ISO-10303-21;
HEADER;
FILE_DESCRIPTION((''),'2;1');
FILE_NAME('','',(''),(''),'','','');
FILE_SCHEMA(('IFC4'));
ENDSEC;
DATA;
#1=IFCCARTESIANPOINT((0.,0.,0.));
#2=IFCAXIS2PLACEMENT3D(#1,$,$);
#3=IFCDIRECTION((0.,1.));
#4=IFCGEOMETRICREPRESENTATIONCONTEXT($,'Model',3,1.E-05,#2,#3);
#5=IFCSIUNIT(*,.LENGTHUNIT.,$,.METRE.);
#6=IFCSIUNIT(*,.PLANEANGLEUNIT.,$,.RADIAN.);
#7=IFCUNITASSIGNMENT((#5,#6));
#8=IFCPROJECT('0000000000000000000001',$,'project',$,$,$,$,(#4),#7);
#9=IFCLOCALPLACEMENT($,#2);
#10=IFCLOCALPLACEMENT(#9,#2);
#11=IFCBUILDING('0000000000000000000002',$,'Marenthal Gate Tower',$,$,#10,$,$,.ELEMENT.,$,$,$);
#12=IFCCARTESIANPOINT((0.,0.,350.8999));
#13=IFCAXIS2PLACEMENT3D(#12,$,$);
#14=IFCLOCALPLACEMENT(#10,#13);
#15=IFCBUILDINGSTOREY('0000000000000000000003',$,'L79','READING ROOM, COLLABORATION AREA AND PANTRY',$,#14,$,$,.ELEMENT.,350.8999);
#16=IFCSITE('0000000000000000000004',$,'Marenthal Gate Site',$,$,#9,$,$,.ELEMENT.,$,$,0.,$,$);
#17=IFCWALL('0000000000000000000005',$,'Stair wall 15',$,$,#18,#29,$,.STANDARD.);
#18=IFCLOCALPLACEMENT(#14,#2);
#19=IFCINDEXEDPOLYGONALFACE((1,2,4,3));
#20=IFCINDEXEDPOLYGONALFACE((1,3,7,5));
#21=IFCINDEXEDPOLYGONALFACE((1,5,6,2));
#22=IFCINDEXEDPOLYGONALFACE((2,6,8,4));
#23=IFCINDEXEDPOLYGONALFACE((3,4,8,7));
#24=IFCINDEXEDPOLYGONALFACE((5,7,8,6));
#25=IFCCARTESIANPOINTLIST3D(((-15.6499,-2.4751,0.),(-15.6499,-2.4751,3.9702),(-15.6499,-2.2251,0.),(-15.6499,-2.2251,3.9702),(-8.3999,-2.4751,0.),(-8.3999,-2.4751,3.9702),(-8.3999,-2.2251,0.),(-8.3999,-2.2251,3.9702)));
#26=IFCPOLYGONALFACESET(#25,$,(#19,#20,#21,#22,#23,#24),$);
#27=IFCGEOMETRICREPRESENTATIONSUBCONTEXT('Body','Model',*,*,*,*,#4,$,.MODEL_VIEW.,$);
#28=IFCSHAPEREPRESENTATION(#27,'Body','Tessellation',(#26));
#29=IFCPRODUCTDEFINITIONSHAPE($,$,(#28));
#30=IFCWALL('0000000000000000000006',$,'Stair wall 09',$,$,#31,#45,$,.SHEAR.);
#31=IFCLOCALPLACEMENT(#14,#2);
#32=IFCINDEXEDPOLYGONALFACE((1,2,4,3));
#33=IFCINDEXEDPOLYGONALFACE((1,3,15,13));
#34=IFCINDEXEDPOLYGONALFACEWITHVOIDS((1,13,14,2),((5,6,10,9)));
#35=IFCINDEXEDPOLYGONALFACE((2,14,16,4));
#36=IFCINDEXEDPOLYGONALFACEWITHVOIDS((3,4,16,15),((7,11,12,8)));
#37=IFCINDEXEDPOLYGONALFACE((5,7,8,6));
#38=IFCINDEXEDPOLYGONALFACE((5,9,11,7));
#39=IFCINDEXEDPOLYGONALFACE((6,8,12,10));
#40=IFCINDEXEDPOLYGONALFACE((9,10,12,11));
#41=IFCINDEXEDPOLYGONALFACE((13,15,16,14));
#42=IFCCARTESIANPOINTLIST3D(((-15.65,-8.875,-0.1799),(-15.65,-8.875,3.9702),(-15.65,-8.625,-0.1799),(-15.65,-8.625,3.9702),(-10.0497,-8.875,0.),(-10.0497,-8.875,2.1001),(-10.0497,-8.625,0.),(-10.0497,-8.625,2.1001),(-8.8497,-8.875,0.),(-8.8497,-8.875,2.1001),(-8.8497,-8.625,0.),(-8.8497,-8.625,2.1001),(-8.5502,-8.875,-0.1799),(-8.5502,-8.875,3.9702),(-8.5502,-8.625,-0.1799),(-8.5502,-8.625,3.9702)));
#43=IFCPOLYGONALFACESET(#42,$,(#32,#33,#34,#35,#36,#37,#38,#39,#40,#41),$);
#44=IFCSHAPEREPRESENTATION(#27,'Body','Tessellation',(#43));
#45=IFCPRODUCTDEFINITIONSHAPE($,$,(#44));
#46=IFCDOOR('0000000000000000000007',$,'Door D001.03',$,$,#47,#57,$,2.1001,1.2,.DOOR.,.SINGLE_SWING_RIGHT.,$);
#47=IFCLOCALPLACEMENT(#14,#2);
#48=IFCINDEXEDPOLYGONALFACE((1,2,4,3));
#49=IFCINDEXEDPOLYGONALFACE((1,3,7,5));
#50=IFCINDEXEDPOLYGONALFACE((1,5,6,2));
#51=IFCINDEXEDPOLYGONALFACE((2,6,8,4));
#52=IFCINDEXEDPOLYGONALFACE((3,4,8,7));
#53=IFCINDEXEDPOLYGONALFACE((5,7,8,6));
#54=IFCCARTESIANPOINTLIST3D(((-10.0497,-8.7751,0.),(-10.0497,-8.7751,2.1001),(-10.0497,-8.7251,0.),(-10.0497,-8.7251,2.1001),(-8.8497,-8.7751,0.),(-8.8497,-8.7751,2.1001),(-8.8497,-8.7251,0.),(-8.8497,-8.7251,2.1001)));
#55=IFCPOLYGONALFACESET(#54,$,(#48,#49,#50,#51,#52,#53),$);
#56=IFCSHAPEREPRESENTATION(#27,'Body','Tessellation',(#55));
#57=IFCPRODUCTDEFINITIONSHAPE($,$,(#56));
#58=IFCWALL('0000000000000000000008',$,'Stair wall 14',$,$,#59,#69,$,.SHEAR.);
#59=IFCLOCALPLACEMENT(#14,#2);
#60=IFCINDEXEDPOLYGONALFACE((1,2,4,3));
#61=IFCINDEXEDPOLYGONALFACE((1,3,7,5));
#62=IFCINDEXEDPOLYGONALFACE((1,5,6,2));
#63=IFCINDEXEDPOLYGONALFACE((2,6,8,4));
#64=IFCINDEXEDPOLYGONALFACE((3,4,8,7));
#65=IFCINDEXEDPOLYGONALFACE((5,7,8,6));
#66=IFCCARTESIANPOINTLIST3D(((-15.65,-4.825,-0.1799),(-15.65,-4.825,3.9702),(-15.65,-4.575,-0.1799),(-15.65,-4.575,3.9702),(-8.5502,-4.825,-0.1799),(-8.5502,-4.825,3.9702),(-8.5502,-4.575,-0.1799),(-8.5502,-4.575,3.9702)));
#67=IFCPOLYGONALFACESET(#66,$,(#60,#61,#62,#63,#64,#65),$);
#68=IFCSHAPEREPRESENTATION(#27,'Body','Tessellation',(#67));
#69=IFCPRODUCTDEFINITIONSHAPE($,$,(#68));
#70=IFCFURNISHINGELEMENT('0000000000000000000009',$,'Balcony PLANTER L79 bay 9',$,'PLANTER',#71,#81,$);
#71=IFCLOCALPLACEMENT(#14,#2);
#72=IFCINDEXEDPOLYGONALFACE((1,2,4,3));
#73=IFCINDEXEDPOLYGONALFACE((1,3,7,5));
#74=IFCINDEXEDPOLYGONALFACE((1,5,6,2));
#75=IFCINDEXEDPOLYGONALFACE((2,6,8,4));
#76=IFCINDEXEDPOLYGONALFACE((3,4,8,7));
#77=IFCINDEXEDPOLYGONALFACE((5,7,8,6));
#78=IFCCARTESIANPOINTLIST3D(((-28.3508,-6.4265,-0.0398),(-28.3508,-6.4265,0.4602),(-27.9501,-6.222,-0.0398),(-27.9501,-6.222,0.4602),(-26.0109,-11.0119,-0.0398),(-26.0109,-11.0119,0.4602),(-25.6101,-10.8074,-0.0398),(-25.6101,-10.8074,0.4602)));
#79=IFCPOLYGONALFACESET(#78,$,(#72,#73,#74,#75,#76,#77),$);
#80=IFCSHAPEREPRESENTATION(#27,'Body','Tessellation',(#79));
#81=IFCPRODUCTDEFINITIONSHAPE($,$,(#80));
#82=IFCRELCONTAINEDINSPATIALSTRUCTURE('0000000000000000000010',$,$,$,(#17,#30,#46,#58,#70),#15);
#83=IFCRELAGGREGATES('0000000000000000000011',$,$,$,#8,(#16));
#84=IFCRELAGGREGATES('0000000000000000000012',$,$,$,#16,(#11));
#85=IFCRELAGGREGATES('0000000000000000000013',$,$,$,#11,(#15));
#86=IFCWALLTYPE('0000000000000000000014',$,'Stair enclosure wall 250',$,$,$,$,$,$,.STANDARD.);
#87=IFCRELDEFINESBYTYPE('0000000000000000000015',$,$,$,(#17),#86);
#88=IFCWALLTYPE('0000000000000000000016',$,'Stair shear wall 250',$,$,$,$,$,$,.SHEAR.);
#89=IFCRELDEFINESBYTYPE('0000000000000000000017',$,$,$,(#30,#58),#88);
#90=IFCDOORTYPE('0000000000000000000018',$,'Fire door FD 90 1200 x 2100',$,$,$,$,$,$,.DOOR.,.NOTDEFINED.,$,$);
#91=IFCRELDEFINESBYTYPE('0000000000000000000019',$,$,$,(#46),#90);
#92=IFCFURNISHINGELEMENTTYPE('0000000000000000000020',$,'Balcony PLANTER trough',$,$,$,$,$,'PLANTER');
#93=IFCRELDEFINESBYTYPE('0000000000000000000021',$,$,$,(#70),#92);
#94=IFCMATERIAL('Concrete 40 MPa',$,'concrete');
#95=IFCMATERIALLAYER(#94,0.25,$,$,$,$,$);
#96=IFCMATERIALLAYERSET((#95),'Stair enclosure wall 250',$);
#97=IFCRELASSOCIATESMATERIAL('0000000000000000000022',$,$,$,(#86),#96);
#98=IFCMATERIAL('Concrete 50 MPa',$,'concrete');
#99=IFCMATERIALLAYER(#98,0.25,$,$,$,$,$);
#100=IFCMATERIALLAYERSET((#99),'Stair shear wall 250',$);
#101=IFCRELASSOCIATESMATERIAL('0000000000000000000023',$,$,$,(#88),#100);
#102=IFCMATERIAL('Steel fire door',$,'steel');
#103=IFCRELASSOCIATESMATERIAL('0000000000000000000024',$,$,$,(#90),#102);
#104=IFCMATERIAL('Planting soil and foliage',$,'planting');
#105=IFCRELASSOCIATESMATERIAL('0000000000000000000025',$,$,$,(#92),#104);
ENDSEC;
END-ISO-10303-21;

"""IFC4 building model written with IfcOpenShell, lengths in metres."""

from ifc_helpers import new_model, si_unit, direction, frame, frame_2d, origin, origin_2d, place, context, subcontext, project, spatial, rectangle, extrude, material, layer, layer_set, type_object, element, fill, save


model = new_model("IFC4")

# Units and contexts
model_context = context("Model", 3, precision=1e-05, world=origin(), true_north=direction((0.0, 1.0)))
body_context = subcontext(model_context, "Body", "Model", "MODEL_VIEW")
ifc_project = project(units=[si_unit("LENGTHUNIT", "METRE"), si_unit("PLANEANGLEUNIT", "RADIAN")], contexts=[model_context])

# Site, building, storey
site_placement = place(None, origin())
site = spatial("IfcSite", under=ifc_project, at=site_placement, Name="Marenthal Gate Site", CompositionType="ELEMENT", RefElevation=0.0)
building_placement = place(site_placement, origin())
building = spatial("IfcBuilding", under=site, at=building_placement, Name="Marenthal Gate Tower", CompositionType="ELEMENT")
storey_placement = place(building_placement, frame((0.0, 0.0, 350.8999)))
storey = spatial("IfcBuildingStorey", under=building, at=storey_placement, Name="L79", Description="READING ROOM, COLLABORATION AREA AND PANTRY", CompositionType="ELEMENT", Elevation=350.8999)

# Wall
ifc_material_1 = material(Name="Concrete 40 MPa", Category="concrete")
ifc_layer_1 = layer(ifc_material_1, 0.25)
ifc_layer_set_1 = layer_set([ifc_layer_1], Name="Stair enclosure wall 250")
wall_type_1 = type_object("IfcWallType", Name="Stair enclosure wall 250", PredefinedType="STANDARD", material=ifc_layer_set_1)
wall_1_placement = place(storey_placement, frame((-15.6499, -2.3501, 0.0), z_axis=(0.0, 0.0, 1.0), x_axis=(1.0, 0.0, 0.0)))
element("IfcWall", 1, at=wall_1_placement, inside=storey, type_object=wall_type_1, Name="Stair wall 15", PredefinedType="STANDARD", context=body_context, shape_type="SweptSolid", body=[
    extrude(rectangle(XDim=7.25, YDim=0.25, at=frame_2d((3.625, 0.0))), origin(), (0.0, 0.0, 1.0), 3.9702),
])

# Wall, opening, door
ifc_material_2 = material(Name="Concrete 50 MPa", Category="concrete")
ifc_layer_2 = layer(ifc_material_2, 0.25)
ifc_layer_set_2 = layer_set([ifc_layer_2], Name="Stair shear wall 250")
wall_type_2 = type_object("IfcWallType", Name="Stair shear wall 250", PredefinedType="SHEAR", material=ifc_layer_set_2)
wall_2_placement = place(storey_placement, frame((-15.6499, -8.75, -0.1799), z_axis=(0.0, 0.0, 1.0), x_axis=(1.0, 0.0, 0.0)))
wall_2 = element("IfcWall", 2, at=wall_2_placement, inside=storey, type_object=wall_type_2, Name="Stair wall 09", PredefinedType="SHEAR", context=body_context, shape_type="SweptSolid", body=[
    extrude(rectangle(XDim=7.0999, YDim=0.25, at=frame_2d((3.5498, 0.0))), origin(), (0.0, 0.0, 1.0), 4.1501),
])
opening_1_placement = place(wall_2_placement, frame((5.6001, 0.0, 0.1799)))
opening_1 = element("IfcOpeningElement", 3, at=opening_1_placement, cuts=wall_2, PredefinedType="OPENING", context=body_context, shape_type="SweptSolid", body=[
    extrude(rectangle(XDim=1.2, YDim=2.1001, at=frame_2d((0.6001, 1.05))), frame((0.0, 0.135, 0.0), z_axis=(0.0, -1.0, 0.0), x_axis=(1.0, 0.0, 0.0)), (0.0, 0.0, 1.0), 0.27),
])
ifc_material_3 = material(Name="Steel fire door", Category="steel")
door_type_1 = type_object("IfcDoorType", Name="Fire door FD 90 1200 x 2100", OperationType="NOTDEFINED", PredefinedType="DOOR", material=ifc_material_3)
door_1_placement = place(opening_1_placement, origin())
door_1 = element("IfcDoor", 4, at=door_1_placement, inside=storey, type_object=door_type_1, Name="Door D001.03", OperationType="SINGLE_SWING_RIGHT", OverallHeight=2.1001, OverallWidth=1.2, PredefinedType="DOOR", context=body_context, shape_type="SweptSolid", body=[
    extrude(rectangle(XDim=1.2, YDim=2.1001, at=frame_2d((0.6001, 1.05))), frame((0.0, 0.0249, 0.0), z_axis=(0.0, -1.0, 0.0), x_axis=(1.0, 0.0, 0.0)), (0.0, 0.0, 1.0), 0.05),
])
fill(opening_1, door_1)

# Wall
wall_3_placement = place(storey_placement, frame((-15.6499, -4.7, -0.1799), z_axis=(0.0, 0.0, 1.0), x_axis=(1.0, 0.0, 0.0)))
element("IfcWall", 5, at=wall_3_placement, inside=storey, type_object=wall_type_2, Name="Stair wall 14", PredefinedType="SHEAR", context=body_context, shape_type="SweptSolid", body=[
    extrude(rectangle(XDim=7.0999, YDim=0.25, at=frame_2d((3.5498, 0.0))), origin(), (0.0, 0.0, 1.0), 4.1501),
])

# Furnishing element
ifc_material_4 = material(Name="Planting soil and foliage", Category="planting")
furnishing_element_type = type_object("IfcFurnishingElementType", Name="Balcony PLANTER trough", ElementType="PLANTER", material=ifc_material_4)
furnishing_placement = place(storey_placement, frame((-26.9805, -8.6169, -0.0398), z_axis=(0.0, 0.0, 1.0), x_axis=(0.454546, -0.890723, 0.0)))
element("IfcFurnishingElement", 6, at=furnishing_placement, inside=storey, type_object=furnishing_element_type, Name="Balcony PLANTER L79 bay 9", ObjectType="PLANTER", context=body_context, shape_type="SweptSolid", body=[
    extrude(rectangle(XDim=5.1479, YDim=0.45, at=origin_2d()), origin(), (0.0, 0.0, 1.0), 0.5),
])

save(model, "model.ifc")
